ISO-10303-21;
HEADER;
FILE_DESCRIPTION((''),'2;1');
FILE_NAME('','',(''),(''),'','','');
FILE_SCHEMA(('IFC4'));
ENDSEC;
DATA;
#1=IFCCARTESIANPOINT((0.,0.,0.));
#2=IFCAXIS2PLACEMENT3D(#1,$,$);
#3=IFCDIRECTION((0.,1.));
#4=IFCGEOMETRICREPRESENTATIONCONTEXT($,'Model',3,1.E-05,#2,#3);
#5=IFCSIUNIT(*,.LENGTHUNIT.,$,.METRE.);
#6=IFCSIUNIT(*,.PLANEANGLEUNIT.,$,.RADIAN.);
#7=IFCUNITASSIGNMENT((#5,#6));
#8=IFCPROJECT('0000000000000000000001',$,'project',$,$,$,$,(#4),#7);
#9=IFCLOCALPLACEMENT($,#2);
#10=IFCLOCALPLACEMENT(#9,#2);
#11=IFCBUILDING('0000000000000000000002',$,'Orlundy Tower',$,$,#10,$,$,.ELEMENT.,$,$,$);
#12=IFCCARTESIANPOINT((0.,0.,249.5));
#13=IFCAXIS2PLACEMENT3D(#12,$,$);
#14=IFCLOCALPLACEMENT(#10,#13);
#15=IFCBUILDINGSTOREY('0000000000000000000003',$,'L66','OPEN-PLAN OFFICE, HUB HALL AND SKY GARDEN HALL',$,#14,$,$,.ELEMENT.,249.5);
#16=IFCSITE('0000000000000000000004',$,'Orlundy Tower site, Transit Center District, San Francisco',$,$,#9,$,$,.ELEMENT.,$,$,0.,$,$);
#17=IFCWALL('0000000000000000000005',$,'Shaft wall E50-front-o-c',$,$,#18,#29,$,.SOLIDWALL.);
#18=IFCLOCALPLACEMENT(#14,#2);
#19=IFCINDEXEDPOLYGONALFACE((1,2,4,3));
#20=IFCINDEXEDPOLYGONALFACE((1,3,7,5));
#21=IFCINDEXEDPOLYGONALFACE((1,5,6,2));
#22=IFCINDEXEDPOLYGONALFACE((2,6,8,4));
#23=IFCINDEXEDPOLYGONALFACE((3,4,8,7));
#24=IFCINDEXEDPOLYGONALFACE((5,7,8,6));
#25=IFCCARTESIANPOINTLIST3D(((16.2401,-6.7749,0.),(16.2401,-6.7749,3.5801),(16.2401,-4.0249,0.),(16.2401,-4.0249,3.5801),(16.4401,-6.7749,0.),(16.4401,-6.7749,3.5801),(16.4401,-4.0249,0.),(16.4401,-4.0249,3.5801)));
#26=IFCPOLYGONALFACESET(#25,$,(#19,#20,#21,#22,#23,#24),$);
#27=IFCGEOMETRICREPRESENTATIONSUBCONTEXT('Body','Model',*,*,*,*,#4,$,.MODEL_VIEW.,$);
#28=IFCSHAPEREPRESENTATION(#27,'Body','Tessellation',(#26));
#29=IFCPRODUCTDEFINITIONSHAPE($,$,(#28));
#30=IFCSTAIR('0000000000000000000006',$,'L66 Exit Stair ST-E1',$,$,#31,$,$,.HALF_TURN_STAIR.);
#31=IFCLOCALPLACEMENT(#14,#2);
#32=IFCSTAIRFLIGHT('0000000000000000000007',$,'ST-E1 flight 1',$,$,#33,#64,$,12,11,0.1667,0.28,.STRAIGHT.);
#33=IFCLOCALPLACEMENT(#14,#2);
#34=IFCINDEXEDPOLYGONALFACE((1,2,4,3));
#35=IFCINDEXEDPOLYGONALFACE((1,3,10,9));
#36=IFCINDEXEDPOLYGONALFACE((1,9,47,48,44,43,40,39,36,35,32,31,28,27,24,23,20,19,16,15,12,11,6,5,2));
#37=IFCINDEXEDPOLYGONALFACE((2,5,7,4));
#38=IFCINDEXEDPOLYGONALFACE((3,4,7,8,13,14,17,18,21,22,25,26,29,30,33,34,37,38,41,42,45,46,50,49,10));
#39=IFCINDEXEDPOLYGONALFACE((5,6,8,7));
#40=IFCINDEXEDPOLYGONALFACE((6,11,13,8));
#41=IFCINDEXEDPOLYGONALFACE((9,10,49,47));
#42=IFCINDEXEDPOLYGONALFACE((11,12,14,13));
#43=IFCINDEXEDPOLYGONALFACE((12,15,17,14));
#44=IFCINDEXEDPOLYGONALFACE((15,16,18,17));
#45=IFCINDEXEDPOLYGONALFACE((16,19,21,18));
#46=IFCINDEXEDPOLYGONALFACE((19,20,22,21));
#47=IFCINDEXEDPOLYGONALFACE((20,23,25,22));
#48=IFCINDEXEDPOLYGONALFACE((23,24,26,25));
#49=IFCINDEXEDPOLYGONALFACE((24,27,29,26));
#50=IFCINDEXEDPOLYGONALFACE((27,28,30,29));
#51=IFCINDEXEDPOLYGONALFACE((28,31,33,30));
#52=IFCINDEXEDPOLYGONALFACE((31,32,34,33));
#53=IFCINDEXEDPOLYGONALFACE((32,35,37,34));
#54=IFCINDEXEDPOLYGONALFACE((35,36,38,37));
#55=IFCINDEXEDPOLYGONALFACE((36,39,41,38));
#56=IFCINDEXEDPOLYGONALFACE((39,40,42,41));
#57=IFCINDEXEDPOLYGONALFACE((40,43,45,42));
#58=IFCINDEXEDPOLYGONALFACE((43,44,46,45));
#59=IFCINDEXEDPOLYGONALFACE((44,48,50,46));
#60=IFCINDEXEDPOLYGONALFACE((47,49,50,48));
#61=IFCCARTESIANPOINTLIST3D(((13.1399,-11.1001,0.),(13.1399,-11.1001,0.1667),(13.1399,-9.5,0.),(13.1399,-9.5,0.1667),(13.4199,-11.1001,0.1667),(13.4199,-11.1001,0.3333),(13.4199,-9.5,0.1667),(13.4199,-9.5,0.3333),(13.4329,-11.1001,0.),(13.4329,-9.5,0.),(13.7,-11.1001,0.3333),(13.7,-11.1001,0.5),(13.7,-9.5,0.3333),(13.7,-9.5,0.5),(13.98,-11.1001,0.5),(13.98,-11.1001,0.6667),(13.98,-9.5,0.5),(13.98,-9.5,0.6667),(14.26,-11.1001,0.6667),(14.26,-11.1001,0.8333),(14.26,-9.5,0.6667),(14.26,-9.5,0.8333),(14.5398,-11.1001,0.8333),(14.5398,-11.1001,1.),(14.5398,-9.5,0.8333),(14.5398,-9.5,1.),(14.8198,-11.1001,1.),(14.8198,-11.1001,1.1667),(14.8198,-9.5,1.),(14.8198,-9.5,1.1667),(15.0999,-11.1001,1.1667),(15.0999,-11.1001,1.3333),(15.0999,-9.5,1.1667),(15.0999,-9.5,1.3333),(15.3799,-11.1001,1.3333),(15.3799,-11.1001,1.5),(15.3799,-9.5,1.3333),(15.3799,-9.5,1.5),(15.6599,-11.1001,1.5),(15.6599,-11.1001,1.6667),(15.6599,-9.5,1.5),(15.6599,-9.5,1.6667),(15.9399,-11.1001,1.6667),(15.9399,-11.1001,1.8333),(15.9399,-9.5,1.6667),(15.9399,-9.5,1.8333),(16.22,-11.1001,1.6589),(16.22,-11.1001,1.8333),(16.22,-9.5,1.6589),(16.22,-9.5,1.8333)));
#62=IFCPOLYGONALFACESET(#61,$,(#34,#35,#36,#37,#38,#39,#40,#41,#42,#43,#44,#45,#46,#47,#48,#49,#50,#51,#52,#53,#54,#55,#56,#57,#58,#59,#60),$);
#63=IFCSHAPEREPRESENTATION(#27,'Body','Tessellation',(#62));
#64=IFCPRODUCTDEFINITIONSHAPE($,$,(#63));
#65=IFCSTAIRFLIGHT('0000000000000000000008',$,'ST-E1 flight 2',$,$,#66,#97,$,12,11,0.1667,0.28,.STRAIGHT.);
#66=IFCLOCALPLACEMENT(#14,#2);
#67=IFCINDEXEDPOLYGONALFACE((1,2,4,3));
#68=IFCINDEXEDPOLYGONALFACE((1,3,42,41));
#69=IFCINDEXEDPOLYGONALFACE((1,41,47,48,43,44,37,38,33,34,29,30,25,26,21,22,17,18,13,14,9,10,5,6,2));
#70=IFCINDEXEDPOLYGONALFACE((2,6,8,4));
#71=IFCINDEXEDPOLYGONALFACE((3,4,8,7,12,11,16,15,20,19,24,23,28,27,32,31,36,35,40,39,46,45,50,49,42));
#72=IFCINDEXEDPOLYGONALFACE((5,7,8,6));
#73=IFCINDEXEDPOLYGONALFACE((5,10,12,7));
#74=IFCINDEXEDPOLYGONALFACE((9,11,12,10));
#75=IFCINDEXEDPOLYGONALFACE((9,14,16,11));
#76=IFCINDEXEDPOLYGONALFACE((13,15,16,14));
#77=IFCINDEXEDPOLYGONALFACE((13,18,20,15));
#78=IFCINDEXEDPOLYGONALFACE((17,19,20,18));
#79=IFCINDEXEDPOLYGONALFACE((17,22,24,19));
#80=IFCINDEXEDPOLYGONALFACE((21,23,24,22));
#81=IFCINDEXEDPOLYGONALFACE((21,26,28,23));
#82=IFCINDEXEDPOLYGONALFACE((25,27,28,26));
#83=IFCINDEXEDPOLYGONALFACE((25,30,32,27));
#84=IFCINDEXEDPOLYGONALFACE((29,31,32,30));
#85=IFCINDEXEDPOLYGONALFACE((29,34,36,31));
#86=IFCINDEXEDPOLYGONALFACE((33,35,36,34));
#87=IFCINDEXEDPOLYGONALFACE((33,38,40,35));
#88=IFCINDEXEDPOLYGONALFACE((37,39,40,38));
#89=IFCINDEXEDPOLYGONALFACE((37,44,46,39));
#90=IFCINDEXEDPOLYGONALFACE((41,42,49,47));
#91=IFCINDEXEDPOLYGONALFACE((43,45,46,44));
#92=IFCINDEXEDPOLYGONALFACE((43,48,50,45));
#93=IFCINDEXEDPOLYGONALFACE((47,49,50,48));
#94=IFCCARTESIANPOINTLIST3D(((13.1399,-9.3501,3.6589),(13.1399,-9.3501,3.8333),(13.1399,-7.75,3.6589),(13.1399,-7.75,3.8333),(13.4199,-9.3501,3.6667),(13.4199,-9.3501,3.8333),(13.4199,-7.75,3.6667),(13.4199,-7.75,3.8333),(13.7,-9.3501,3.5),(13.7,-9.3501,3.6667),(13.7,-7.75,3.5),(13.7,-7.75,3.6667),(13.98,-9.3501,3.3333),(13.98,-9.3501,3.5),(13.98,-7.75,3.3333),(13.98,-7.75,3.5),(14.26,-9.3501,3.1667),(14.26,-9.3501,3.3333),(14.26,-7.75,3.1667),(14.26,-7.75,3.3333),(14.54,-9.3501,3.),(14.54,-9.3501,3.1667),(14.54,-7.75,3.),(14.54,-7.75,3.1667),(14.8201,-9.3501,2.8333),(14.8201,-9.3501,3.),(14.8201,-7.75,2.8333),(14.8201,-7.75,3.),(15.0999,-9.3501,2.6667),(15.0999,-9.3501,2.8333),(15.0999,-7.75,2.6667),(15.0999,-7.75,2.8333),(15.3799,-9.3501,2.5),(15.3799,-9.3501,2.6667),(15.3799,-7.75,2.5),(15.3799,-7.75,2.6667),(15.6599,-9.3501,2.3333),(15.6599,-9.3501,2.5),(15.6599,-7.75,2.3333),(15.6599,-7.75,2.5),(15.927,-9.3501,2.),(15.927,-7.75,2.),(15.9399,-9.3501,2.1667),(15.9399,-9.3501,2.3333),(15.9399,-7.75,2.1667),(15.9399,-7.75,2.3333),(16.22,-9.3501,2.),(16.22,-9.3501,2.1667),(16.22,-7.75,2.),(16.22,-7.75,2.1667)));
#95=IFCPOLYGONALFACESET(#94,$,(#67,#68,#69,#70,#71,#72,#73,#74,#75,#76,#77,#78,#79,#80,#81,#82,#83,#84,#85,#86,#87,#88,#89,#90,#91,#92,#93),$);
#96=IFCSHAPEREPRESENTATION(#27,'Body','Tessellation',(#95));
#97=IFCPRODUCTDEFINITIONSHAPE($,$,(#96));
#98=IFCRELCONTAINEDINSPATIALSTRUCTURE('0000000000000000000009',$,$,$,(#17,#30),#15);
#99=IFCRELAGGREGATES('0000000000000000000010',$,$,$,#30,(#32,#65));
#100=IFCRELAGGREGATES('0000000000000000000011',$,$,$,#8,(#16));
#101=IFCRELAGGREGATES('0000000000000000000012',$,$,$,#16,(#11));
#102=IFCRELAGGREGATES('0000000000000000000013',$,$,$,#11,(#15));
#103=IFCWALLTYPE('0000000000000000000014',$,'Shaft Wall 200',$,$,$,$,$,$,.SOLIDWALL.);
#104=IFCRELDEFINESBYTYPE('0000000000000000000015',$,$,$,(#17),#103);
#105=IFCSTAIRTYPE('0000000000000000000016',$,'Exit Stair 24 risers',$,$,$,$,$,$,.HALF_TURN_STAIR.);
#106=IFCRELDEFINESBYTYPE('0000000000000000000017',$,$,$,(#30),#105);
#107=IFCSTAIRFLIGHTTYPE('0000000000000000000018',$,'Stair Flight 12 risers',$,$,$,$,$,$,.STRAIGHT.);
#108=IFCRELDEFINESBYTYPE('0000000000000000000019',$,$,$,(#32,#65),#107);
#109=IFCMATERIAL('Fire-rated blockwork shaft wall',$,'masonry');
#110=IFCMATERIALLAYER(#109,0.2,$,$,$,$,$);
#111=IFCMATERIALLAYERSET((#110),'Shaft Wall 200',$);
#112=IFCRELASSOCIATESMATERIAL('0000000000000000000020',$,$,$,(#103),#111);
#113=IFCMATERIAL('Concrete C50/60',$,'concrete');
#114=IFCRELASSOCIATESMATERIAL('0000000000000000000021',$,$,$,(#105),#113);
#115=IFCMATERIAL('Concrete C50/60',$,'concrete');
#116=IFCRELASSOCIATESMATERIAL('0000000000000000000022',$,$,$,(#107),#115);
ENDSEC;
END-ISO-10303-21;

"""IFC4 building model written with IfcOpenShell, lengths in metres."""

from ifc_helpers import new_model, si_unit, direction, frame, frame_2d, origin, place, context, subcontext, project, spatial, polyline, rectangle, outline, extrude, material, layer, layer_set, type_object, element, aggregate, save


model = new_model("IFC4")

# Units and contexts
model_context = context("Model", 3, precision=1e-05, world=origin(), true_north=direction((0.0, 1.0)))
body_context = subcontext(model_context, "Body", "Model", "MODEL_VIEW")
ifc_project = project(units=[si_unit("LENGTHUNIT", "METRE"), si_unit("PLANEANGLEUNIT", "RADIAN")], contexts=[model_context])

# Site, building, storey
site_placement = place(None, origin())
site = spatial("IfcSite", under=ifc_project, at=site_placement, Name="Orlundy Tower site, Transit Center District, San Francisco", CompositionType="ELEMENT", RefElevation=0.0)
building_placement = place(site_placement, origin())
building = spatial("IfcBuilding", under=site, at=building_placement, Name="Orlundy Tower", CompositionType="ELEMENT")
storey_placement = place(building_placement, frame((0.0, 0.0, 249.5)))
storey = spatial("IfcBuildingStorey", under=building, at=storey_placement, Name="L66", Description="OPEN-PLAN OFFICE, HUB HALL AND SKY GARDEN HALL", CompositionType="ELEMENT", Elevation=249.5)

# Wall
ifc_material_1 = material(Name="Fire-rated blockwork shaft wall", Category="masonry")
ifc_layer_1 = layer(ifc_material_1, 0.2)
ifc_layer_set_1 = layer_set([ifc_layer_1], Name="Shaft Wall 200")
wall_type_1 = type_object("IfcWallType", Name="Shaft Wall 200", PredefinedType="SOLIDWALL", material=ifc_layer_set_1)
for number, where, z_axis, x_axis, name in (
    (1, (16.3401, -4.0249, 0.0), (0.0, 0.0, 1.0), (0.0, -1.0, 0.0), "Shaft wall E50-front-o-c"),
):
    element("IfcWall", number, at=place(storey_placement, frame(where, z_axis=z_axis, x_axis=x_axis)), inside=storey, type_object=wall_type_1, Name=name, PredefinedType="SOLIDWALL", context=body_context, shape_type="SweptSolid", body=[
        extrude(rectangle(XDim=2.75, YDim=0.2, at=frame_2d((1.375, 0.0))), origin(), (0.0, 0.0, 1.0), 3.5801),
    ])

# Stair, stair flights
ifc_material_2 = material(Name="Concrete C50/60", Category="concrete")
stair_type = type_object("IfcStairType", Name="Exit Stair 24 risers", PredefinedType="HALF_TURN_STAIR", material=ifc_material_2)
stair_placement = place(storey_placement, origin())
stair = element("IfcStair", 2, at=stair_placement, inside=storey, type_object=stair_type, Name="L66 Exit Stair ST-E1", PredefinedType="HALF_TURN_STAIR")
ifc_material_3 = material(Name="Concrete C50/60", Category="concrete")
stair_flight_type = type_object("IfcStairFlightType", Name="Stair Flight 12 risers", PredefinedType="STRAIGHT", material=ifc_material_3)
stair_flight_1_placement = place(storey_placement, frame((13.1399, -10.3, 0.0), z_axis=(0.0, 0.0, 1.0), x_axis=(1.0, 0.0, 0.0)))
stair_flight_1 = element("IfcStairFlight", 3, at=stair_flight_1_placement, type_object=stair_flight_type, Name="ST-E1 flight 1", NumberOfRisers=12, NumberOfTreads=11, PredefinedType="STRAIGHT", RiserHeight=0.1667, TreadLength=0.28, context=body_context, shape_type="SweptSolid", body=[
    extrude(outline(polyline([(0.0, 0.0), (0.0, 0.1667), (0.28, 0.1667), (0.28, 0.3333), (0.5601, 0.3333), (0.5601, 0.5), (0.8401, 0.5), (0.8401, 0.6667), (1.1201, 0.6667), (1.1201, 0.8333), (1.3999, 0.8333), (1.3999, 1.0), (1.6799, 1.0), (1.6799, 1.1667), (1.96, 1.1667), (1.96, 1.3333), (2.24, 1.3333), (2.24, 1.5), (2.52, 1.5), (2.52, 1.6667), (2.8, 1.6667), (2.8, 1.8333), (3.0801, 1.8333), (3.0801, 2.0), (3.0801, 1.6589), (0.293, 0.0), (0.0, 0.0)])), frame((0.0, 0.8, 0.0), z_axis=(0.0, -1.0, 0.0), x_axis=(1.0, 0.0, 0.0)), (0.0, 0.0, 1.0), 1.6001),
])
stair_flight_2_placement = place(storey_placement, frame((16.22, -8.55, 2.0), z_axis=(0.0, 0.0, 1.0), x_axis=(-1.0, 0.0, 0.0)))
stair_flight_2 = element("IfcStairFlight", 4, at=stair_flight_2_placement, type_object=stair_flight_type, Name="ST-E1 flight 2", NumberOfRisers=12, NumberOfTreads=11, PredefinedType="STRAIGHT", RiserHeight=0.1667, TreadLength=0.28, context=body_context, shape_type="SweptSolid", body=[
    extrude(outline(polyline([(0.0, 0.0), (0.0, 0.1667), (0.28, 0.1667), (0.28, 0.3333), (0.5601, 0.3333), (0.5601, 0.5), (0.8401, 0.5), (0.8401, 0.6667), (1.1201, 0.6667), (1.1201, 0.8333), (1.3999, 0.8333), (1.3999, 1.0), (1.6799, 1.0), (1.6799, 1.1667), (1.96, 1.1667), (1.96, 1.3333), (2.24, 1.3333), (2.24, 1.5), (2.52, 1.5), (2.52, 1.6667), (2.8, 1.6667), (2.8, 1.8333), (3.0801, 1.8333), (3.0801, 2.0), (3.0801, 1.6589), (0.293, 0.0), (0.0, 0.0)])), frame((0.0, 0.8, 0.0), z_axis=(0.0, -1.0, 0.0), x_axis=(1.0, 0.0, 0.0)), (0.0, 0.0, 1.0), 1.6001),
])
aggregate(stair, [stair_flight_1, stair_flight_2])

save(model, "model.ifc")
